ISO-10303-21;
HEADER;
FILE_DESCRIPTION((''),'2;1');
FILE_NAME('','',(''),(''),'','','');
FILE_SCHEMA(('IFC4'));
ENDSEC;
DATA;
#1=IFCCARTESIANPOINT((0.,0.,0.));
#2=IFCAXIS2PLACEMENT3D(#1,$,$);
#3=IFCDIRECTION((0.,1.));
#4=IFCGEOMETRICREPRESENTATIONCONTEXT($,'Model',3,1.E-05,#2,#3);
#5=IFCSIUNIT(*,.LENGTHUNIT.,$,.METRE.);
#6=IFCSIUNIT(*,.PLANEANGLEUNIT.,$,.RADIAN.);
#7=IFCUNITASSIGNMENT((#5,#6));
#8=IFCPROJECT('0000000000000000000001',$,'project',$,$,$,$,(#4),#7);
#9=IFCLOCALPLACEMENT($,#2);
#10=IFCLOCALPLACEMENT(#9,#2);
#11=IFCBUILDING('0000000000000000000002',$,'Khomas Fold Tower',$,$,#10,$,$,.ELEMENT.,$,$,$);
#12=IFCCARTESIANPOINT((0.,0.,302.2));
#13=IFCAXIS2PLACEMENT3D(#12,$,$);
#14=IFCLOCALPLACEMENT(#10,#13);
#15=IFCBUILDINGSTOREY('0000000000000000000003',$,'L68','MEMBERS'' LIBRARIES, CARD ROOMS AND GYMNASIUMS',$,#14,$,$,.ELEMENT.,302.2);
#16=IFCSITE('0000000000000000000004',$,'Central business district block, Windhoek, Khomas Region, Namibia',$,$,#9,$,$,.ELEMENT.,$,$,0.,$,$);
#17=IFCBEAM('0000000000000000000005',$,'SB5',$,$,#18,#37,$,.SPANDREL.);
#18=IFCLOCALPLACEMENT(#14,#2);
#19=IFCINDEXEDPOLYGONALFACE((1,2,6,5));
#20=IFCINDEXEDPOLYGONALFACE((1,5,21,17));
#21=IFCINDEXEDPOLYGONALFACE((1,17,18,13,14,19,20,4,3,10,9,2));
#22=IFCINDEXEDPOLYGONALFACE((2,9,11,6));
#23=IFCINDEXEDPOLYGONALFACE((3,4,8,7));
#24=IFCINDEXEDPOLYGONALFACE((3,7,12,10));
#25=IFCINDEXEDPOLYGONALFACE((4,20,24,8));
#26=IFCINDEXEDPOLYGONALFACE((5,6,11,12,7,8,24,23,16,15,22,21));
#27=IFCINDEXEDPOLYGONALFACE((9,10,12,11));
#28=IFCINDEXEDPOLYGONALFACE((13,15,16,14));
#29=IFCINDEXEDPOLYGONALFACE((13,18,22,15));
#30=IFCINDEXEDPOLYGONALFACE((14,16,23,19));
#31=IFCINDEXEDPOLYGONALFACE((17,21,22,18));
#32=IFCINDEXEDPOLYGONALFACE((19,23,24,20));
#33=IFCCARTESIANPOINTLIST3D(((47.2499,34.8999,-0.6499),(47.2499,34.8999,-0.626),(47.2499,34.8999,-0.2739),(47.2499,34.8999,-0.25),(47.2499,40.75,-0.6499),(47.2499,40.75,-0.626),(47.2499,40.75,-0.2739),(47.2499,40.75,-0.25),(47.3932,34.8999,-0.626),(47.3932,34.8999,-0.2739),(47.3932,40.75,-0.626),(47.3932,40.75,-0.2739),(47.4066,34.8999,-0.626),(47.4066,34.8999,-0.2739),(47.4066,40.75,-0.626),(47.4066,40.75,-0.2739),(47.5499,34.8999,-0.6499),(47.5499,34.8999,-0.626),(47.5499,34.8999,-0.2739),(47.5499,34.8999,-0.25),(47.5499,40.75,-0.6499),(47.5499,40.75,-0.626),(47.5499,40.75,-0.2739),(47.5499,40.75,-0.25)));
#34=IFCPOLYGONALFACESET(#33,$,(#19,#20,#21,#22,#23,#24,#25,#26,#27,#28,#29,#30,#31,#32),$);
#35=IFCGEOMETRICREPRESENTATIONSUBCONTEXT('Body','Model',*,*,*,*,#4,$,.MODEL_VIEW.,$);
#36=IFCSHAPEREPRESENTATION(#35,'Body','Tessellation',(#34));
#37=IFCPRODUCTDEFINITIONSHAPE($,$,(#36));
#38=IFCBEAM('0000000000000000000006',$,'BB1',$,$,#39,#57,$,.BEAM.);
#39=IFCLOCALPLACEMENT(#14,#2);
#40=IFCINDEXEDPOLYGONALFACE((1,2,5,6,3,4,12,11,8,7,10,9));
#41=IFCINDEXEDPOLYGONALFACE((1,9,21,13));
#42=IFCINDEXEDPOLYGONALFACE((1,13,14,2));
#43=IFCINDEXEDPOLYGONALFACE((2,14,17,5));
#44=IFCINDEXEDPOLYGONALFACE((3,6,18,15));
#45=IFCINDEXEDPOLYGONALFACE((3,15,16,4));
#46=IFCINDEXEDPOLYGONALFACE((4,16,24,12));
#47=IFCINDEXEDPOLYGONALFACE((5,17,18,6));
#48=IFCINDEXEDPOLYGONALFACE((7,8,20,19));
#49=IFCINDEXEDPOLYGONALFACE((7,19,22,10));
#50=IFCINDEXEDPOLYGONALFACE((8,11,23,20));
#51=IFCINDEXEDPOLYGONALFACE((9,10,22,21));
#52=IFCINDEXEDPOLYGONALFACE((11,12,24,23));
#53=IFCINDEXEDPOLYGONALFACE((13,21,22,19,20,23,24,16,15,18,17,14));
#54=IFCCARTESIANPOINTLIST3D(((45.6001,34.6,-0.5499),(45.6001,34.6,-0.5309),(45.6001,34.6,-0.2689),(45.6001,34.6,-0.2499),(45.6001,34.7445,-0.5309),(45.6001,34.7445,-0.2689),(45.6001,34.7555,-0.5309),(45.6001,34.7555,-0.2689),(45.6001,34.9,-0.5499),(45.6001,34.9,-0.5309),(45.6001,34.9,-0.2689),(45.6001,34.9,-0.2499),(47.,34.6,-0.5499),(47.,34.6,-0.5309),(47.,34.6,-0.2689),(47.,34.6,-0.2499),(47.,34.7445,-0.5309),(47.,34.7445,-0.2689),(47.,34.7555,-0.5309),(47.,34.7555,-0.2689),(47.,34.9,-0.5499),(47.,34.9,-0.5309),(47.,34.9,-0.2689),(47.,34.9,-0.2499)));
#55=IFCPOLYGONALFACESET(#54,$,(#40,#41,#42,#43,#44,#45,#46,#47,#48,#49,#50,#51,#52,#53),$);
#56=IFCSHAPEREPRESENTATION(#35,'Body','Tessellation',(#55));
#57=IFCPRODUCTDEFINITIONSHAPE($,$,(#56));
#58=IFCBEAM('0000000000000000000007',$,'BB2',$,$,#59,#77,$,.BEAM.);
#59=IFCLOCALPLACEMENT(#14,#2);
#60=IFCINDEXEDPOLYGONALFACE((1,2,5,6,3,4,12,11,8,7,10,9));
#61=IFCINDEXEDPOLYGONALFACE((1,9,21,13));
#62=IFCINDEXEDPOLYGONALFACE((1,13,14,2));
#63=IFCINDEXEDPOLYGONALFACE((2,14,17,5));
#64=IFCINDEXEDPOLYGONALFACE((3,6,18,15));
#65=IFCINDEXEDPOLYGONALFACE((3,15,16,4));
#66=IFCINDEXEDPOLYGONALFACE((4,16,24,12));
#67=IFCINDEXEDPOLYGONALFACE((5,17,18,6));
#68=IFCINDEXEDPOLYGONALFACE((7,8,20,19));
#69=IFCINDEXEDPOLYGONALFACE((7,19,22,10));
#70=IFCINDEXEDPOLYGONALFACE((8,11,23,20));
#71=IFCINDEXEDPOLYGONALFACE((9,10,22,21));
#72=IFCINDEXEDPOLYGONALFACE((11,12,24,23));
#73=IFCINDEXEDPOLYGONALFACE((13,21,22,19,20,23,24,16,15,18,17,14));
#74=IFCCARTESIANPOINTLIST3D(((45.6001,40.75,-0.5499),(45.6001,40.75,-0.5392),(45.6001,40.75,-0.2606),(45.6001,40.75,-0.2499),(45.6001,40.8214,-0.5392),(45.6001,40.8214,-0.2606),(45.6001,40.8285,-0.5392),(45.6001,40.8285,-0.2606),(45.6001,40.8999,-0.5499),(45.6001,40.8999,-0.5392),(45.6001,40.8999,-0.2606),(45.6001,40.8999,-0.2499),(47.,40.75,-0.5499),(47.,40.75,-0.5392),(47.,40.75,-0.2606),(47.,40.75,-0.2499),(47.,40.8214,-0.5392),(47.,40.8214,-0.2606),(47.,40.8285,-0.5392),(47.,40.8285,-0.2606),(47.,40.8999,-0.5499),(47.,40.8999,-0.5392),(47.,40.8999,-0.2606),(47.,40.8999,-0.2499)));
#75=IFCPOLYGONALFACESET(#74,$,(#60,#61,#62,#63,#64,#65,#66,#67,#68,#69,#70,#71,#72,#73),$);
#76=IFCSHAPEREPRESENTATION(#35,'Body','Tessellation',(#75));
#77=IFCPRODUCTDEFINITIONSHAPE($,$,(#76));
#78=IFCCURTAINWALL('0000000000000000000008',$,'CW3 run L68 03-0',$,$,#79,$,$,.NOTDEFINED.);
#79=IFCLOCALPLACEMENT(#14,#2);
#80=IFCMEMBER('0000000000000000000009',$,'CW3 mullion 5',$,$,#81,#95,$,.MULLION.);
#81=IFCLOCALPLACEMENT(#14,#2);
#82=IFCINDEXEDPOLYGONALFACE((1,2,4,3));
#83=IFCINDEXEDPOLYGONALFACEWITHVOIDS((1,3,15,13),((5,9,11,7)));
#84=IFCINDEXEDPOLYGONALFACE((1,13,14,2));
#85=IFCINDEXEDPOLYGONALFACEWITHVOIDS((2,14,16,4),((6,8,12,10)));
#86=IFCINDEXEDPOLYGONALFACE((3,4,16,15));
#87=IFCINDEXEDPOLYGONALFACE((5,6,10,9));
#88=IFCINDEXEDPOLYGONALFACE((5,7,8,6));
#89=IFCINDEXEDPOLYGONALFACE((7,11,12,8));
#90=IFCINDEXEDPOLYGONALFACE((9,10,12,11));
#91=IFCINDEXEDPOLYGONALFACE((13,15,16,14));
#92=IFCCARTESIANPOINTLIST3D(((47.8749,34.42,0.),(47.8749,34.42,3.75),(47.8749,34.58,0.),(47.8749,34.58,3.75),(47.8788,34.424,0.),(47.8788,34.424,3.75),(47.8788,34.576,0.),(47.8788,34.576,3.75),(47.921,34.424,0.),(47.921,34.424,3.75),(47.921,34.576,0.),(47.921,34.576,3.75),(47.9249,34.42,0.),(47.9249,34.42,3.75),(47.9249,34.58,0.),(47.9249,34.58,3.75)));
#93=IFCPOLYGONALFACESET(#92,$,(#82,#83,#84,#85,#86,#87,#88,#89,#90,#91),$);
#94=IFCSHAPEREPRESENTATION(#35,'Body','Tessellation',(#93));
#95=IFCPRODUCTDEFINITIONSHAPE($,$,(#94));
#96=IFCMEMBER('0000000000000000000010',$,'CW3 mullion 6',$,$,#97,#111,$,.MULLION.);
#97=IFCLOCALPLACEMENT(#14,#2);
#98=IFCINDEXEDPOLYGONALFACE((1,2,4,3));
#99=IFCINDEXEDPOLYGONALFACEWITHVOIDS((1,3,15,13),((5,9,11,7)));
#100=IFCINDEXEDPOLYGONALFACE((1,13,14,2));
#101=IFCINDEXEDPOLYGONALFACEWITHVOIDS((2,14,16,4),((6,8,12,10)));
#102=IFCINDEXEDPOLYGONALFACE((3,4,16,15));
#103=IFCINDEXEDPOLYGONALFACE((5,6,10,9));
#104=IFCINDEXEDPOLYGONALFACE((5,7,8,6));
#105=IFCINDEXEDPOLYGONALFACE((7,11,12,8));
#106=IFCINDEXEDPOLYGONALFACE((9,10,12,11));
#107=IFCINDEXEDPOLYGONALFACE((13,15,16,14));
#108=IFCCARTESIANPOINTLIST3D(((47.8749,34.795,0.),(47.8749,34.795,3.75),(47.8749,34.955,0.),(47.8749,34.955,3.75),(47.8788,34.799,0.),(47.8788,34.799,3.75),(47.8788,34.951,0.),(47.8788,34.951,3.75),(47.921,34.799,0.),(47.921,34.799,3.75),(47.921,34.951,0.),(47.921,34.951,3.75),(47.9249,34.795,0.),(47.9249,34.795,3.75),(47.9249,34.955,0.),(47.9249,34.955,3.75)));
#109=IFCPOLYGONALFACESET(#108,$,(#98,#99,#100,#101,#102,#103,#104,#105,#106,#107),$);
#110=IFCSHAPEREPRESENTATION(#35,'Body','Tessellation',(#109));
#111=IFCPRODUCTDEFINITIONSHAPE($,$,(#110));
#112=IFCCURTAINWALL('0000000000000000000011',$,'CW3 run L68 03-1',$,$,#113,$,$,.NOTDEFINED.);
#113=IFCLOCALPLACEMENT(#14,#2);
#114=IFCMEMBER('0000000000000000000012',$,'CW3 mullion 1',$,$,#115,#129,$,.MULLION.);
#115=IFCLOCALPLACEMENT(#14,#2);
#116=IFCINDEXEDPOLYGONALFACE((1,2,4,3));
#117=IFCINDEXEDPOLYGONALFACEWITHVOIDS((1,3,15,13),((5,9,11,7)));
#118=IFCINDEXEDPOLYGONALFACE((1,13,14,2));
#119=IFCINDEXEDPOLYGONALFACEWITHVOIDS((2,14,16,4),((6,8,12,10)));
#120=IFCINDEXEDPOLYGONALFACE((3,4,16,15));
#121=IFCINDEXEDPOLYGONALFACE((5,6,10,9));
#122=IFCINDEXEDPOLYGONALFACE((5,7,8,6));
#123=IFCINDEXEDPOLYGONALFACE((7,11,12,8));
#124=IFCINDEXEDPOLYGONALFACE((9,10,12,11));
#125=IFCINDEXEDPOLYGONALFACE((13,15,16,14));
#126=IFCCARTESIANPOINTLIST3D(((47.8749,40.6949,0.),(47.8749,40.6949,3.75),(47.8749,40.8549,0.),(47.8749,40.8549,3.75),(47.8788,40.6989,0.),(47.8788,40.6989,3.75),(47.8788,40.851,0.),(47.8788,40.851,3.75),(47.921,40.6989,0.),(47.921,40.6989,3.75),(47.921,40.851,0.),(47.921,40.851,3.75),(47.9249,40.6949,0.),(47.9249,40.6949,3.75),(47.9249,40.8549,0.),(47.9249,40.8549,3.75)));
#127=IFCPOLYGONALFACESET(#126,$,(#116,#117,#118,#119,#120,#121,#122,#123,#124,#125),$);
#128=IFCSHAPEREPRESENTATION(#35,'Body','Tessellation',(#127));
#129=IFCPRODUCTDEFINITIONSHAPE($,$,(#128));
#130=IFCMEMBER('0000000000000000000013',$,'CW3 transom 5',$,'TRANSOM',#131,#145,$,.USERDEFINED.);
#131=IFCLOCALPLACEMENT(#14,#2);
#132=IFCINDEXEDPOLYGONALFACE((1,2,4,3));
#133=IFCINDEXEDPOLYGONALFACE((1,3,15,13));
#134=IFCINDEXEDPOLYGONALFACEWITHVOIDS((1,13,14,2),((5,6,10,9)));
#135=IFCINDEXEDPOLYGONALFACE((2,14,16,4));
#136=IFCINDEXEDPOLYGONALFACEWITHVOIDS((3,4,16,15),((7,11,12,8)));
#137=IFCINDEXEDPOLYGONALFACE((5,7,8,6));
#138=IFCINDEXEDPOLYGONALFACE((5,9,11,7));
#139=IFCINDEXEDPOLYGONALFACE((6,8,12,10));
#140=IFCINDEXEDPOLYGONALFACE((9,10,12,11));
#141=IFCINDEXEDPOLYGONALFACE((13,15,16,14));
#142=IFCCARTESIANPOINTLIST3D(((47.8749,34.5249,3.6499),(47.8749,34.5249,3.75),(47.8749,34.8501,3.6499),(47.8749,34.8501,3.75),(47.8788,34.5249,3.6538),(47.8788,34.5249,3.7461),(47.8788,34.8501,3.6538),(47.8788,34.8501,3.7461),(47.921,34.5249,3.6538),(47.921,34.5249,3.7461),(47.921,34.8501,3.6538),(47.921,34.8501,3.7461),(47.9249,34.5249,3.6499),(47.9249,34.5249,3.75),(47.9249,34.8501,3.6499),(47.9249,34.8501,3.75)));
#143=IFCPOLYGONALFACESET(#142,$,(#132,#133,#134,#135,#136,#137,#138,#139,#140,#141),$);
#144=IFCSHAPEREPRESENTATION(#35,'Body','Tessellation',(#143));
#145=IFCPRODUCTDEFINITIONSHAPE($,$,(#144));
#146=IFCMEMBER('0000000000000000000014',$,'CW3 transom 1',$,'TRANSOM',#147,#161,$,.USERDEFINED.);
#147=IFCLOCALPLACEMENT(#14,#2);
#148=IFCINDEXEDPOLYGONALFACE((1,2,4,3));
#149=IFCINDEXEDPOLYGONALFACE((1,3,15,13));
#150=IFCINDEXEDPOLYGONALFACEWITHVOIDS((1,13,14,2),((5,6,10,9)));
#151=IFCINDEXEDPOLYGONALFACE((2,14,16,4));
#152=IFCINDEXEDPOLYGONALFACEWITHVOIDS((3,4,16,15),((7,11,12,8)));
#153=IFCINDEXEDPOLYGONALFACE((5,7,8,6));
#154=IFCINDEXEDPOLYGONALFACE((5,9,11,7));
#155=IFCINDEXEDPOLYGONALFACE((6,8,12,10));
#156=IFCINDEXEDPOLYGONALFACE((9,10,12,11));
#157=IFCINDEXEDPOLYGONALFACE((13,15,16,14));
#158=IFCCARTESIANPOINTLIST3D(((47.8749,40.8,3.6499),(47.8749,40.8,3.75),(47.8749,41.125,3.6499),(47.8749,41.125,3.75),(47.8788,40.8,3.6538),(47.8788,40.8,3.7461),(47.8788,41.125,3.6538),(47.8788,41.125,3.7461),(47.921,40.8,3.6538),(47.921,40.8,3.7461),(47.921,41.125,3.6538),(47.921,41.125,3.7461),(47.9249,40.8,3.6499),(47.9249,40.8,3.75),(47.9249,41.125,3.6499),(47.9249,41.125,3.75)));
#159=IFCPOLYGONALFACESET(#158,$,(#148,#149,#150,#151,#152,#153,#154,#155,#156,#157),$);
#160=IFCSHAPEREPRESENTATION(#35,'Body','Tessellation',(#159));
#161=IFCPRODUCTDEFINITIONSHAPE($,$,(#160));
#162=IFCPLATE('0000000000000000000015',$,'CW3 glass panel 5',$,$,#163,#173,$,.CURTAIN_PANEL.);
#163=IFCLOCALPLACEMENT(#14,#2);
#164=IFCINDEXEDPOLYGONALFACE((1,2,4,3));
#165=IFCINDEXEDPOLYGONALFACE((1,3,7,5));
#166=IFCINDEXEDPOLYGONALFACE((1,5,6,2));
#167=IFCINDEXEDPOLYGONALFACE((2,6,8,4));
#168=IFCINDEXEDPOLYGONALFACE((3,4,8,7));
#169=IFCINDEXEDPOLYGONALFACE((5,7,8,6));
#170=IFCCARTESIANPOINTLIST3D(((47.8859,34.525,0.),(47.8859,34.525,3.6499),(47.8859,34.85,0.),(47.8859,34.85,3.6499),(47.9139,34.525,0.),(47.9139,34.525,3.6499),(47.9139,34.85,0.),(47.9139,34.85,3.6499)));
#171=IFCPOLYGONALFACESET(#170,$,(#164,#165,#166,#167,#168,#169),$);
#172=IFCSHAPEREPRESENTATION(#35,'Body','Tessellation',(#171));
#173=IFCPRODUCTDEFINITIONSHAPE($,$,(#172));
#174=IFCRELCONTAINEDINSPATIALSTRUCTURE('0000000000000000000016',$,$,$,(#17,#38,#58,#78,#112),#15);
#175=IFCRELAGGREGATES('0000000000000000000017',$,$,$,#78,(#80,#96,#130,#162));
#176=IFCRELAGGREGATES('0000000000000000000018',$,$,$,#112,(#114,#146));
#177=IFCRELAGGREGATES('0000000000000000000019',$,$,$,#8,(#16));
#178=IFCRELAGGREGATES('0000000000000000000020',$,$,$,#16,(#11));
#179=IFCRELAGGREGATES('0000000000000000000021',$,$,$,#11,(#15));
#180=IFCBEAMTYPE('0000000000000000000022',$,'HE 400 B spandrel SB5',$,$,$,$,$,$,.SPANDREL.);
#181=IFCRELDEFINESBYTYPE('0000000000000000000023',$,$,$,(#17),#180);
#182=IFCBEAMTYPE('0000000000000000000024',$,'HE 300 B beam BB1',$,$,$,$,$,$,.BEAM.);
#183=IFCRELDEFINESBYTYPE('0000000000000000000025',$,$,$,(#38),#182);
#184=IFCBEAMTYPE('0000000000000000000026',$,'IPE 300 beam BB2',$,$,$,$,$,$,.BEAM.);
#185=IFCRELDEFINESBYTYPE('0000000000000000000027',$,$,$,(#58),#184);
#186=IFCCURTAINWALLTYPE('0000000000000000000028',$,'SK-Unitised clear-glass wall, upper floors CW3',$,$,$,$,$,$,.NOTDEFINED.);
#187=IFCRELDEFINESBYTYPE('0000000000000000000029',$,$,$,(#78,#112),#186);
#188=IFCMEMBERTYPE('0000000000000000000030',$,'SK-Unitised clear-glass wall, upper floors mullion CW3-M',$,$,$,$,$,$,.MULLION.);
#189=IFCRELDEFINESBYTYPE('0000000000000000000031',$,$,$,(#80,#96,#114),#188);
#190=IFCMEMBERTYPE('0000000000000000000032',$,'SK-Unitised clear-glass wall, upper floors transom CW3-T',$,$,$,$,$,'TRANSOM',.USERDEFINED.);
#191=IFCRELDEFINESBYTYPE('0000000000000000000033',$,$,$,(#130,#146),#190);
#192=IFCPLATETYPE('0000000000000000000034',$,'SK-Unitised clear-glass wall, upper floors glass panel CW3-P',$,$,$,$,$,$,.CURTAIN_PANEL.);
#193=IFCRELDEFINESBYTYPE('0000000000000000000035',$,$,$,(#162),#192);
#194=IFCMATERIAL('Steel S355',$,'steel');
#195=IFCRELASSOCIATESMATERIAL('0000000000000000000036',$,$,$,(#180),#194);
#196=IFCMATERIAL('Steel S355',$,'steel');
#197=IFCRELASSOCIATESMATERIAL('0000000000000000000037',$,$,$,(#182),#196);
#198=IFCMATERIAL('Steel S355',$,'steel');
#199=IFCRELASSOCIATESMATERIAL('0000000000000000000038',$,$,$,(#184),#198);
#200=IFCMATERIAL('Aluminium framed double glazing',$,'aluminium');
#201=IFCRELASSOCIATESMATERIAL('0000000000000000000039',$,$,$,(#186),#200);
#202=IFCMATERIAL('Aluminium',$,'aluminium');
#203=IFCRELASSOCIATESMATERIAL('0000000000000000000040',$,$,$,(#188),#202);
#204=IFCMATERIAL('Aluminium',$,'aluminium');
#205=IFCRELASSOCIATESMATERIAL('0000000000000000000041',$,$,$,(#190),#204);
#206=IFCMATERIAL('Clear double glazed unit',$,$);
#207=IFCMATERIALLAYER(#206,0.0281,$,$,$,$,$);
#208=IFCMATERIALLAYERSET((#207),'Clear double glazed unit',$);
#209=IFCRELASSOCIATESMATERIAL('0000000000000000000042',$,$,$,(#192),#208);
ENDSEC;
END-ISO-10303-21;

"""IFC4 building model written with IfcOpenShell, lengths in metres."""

from ifc_helpers import new_model, si_unit, direction, frame, origin, origin_2d, place, context, subcontext, project, spatial, rectangle, hollow_rectangle, i_section, extrude, source, transform, mapped, material, layer, layer_set, material_profile, profile_set, type_object, element, aggregate, save


model = new_model("IFC4")

# Units and contexts
model_context = context("Model", 3, precision=1e-05, world=origin(), true_north=direction((0.0, 1.0)))
body_context = subcontext(model_context, "Body", "Model", "MODEL_VIEW")
ifc_project = project(units=[si_unit("LENGTHUNIT", "METRE"), si_unit("PLANEANGLEUNIT", "RADIAN")], contexts=[model_context])

# Site, building, storey
site_placement = place(None, origin())
site = spatial("IfcSite", under=ifc_project, at=site_placement, Name="Central business district block, Windhoek, Khomas Region, Namibia", CompositionType="ELEMENT", RefElevation=0.0)
building_placement = place(site_placement, origin())
building = spatial("IfcBuilding", under=site, at=building_placement, Name="Khomas Fold Tower", CompositionType="ELEMENT")
storey_placement = place(building_placement, frame((0.0, 0.0, 302.2)))
storey = spatial("IfcBuildingStorey", under=building, at=storey_placement, Name="L68", Description="MEMBERS' LIBRARIES, CARD ROOMS AND GYMNASIUMS", CompositionType="ELEMENT", Elevation=302.2)

# Beams
ifc_material_1 = material(Name="Steel S355", Category="steel")
ifc_material_profile_1 = material_profile(ifc_material_1, i_section(OverallWidth=0.3, OverallDepth=0.3999, WebThickness=0.0134, FlangeThickness=0.0239, at=origin_2d()), Name="HE 400 B")
ifc_profile_set_1 = profile_set([ifc_material_profile_1], Name="Steel S355")
beam_type_1 = type_object("IfcBeamType", Name="HE 400 B spandrel SB5", PredefinedType="SPANDREL", material=ifc_profile_set_1)
shared_shape_1 = source(origin(), body_context, "Body", "SweptSolid", [
    extrude(i_section(OverallWidth=0.3, OverallDepth=0.3999, WebThickness=0.0134, FlangeThickness=0.0239, at=origin_2d()), origin(), (0.0, 0.0, 1.0), 5.8501),
])
beam_1_placement = place(storey_placement, frame((47.3999, 34.8999, -0.45), z_axis=(0.0, 1.0, 0.0), x_axis=(-1.0, 0.0, 0.0)))
element("IfcBeam", 1, at=beam_1_placement, inside=storey, type_object=beam_type_1, Name="SB5", PredefinedType="SPANDREL", context=body_context, shape_type="MappedRepresentation", body=[
    mapped(shared_shape_1, transform((0.0, 0.0, 0.0))),
])
ifc_material_2 = material(Name="Steel S355", Category="steel")
ifc_material_profile_2 = material_profile(ifc_material_2, i_section(OverallWidth=0.3, OverallDepth=0.3, WebThickness=0.011, FlangeThickness=0.019, at=origin_2d()), Name="HE 300 B")
ifc_profile_set_2 = profile_set([ifc_material_profile_2], Name="Steel S355")
beam_type_2 = type_object("IfcBeamType", Name="HE 300 B beam BB1", PredefinedType="BEAM", material=ifc_profile_set_2)
shared_shape_2 = source(origin(), body_context, "Body", "SweptSolid", [
    extrude(i_section(OverallWidth=0.3, OverallDepth=0.3, WebThickness=0.011, FlangeThickness=0.019, at=origin_2d()), origin(), (0.0, 0.0, 1.0), 1.3999),
])
beam_2_placement = place(storey_placement, frame((45.6001, 34.75, -0.3999), z_axis=(1.0, 0.0, 0.0), x_axis=(0.0, 1.0, 0.0)))
element("IfcBeam", 2, at=beam_2_placement, inside=storey, type_object=beam_type_2, Name="BB1", PredefinedType="BEAM", context=body_context, shape_type="MappedRepresentation", body=[
    mapped(shared_shape_2, transform((0.0, 0.0, 0.0))),
])
ifc_material_3 = material(Name="Steel S355", Category="steel")
ifc_material_profile_3 = material_profile(ifc_material_3, i_section(OverallWidth=0.1499, OverallDepth=0.3, WebThickness=0.0071, FlangeThickness=0.0107, at=origin_2d()), Name="IPE 300")
ifc_profile_set_3 = profile_set([ifc_material_profile_3], Name="Steel S355")
beam_type_3 = type_object("IfcBeamType", Name="IPE 300 beam BB2", PredefinedType="BEAM", material=ifc_profile_set_3)
shared_shape_3 = source(origin(), body_context, "Body", "SweptSolid", [
    extrude(i_section(OverallWidth=0.1499, OverallDepth=0.3, WebThickness=0.0071, FlangeThickness=0.0107, at=origin_2d()), origin(), (0.0, 0.0, 1.0), 1.3999),
])
beam_3_placement = place(storey_placement, frame((45.6001, 40.825, -0.3999), z_axis=(1.0, 0.0, 0.0), x_axis=(0.0, 1.0, 0.0)))
element("IfcBeam", 3, at=beam_3_placement, inside=storey, type_object=beam_type_3, Name="BB2", PredefinedType="BEAM", context=body_context, shape_type="MappedRepresentation", body=[
    mapped(shared_shape_3, transform((0.0, 0.0, 0.0))),
])

# Curtain wall, members
ifc_material_4 = material(Name="Aluminium framed double glazing", Category="aluminium")
curtain_wall_type = type_object("IfcCurtainWallType", Name="SK-Unitised clear-glass wall, upper floors CW3", PredefinedType="NOTDEFINED", material=ifc_material_4)
curtain_wall_1_placement = place(storey_placement, origin())
curtain_wall_1 = element("IfcCurtainWall", 4, at=curtain_wall_1_placement, inside=storey, type_object=curtain_wall_type, Name="CW3 run L68 03-0", PredefinedType="NOTDEFINED")
ifc_material_5 = material(Name="Aluminium", Category="aluminium")
ifc_material_profile_4 = material_profile(ifc_material_5, hollow_rectangle(XDim=0.05, YDim=0.1599, WallThickness=0.0039, at=origin_2d()), Name="SK-Unitised clear-glass wall, upper floors mullion CW3-M")
ifc_profile_set_4 = profile_set([ifc_material_profile_4], Name="Aluminium")
member_type_1 = type_object("IfcMemberType", Name="SK-Unitised clear-glass wall, upper floors mullion CW3-M", PredefinedType="MULLION", material=ifc_profile_set_4)
shared_shape_4 = source(origin(), body_context, "Body", "SweptSolid", [
    extrude(hollow_rectangle(XDim=0.05, YDim=0.1599, WallThickness=0.0039, at=origin_2d()), origin(), (0.0, 0.0, 1.0), 3.75),
])
member_1_placement = place(storey_placement, frame((47.8999, 34.5, 0.0), z_axis=(0.0, 0.0, 1.0), x_axis=(-1.0, 0.0, 0.0)))
member_1 = element("IfcMember", 5, at=member_1_placement, type_object=member_type_1, Name="CW3 mullion 5", PredefinedType="MULLION", context=body_context, shape_type="MappedRepresentation", body=[
    mapped(shared_shape_4, transform((0.0, 0.0, 0.0))),
])
member_2_placement = place(storey_placement, frame((47.8999, 34.875, 0.0), z_axis=(0.0, 0.0, 1.0), x_axis=(-1.0, 0.0, 0.0)))
member_2 = element("IfcMember", 6, at=member_2_placement, type_object=member_type_1, Name="CW3 mullion 6", PredefinedType="MULLION", context=body_context, shape_type="MappedRepresentation", body=[
    mapped(shared_shape_4, transform((0.0, 0.0, 0.0))),
])

# Curtain wall, member
curtain_wall_2_placement = place(storey_placement, origin())
curtain_wall_2 = element("IfcCurtainWall", 7, at=curtain_wall_2_placement, inside=storey, type_object=curtain_wall_type, Name="CW3 run L68 03-1", PredefinedType="NOTDEFINED")
member_3_placement = place(storey_placement, frame((47.8999, 40.7749, 0.0), z_axis=(0.0, 0.0, 1.0), x_axis=(-1.0, 0.0, 0.0)))
member_3 = element("IfcMember", 8, at=member_3_placement, type_object=member_type_1, Name="CW3 mullion 1", PredefinedType="MULLION", context=body_context, shape_type="MappedRepresentation", body=[
    mapped(shared_shape_4, transform((0.0, 0.0, 0.0))),
])

# Members
ifc_material_6 = material(Name="Aluminium", Category="aluminium")
ifc_material_profile_5 = material_profile(ifc_material_6, hollow_rectangle(XDim=0.05, YDim=0.1001, WallThickness=0.0039, at=origin_2d()), Name="SK-Unitised clear-glass wall, upper floors transom CW3-T")
ifc_profile_set_5 = profile_set([ifc_material_profile_5], Name="Aluminium")
member_type_2 = type_object("IfcMemberType", Name="SK-Unitised clear-glass wall, upper floors transom CW3-T", ElementType="TRANSOM", PredefinedType="USERDEFINED", material=ifc_profile_set_5)
shared_shape_5 = source(origin(), body_context, "Body", "SweptSolid", [
    extrude(hollow_rectangle(XDim=0.05, YDim=0.1001, WallThickness=0.0039, at=origin_2d()), origin(), (0.0, 0.0, 1.0), 0.3252),
])
member_4_placement = place(storey_placement, frame((47.8999, 34.5249, 3.7), z_axis=(0.0, 1.0, 0.0), x_axis=(-1.0, 0.0, 0.0)))
member_4 = element("IfcMember", 9, at=member_4_placement, type_object=member_type_2, Name="CW3 transom 5", ObjectType="TRANSOM", PredefinedType="USERDEFINED", context=body_context, shape_type="MappedRepresentation", body=[
    mapped(shared_shape_5, transform((0.0, 0.0, 0.0))),
])
shared_shape_6 = source(origin(), body_context, "Body", "SweptSolid", [
    extrude(hollow_rectangle(XDim=0.05, YDim=0.1001, WallThickness=0.0039, at=origin_2d()), origin(), (0.0, 0.0, 1.0), 0.325),
])
member_5_placement = place(storey_placement, frame((47.8999, 40.8, 3.7), z_axis=(0.0, 1.0, 0.0), x_axis=(-1.0, 0.0, 0.0)))
member_5 = element("IfcMember", 10, at=member_5_placement, type_object=member_type_2, Name="CW3 transom 1", ObjectType="TRANSOM", PredefinedType="USERDEFINED", context=body_context, shape_type="MappedRepresentation", body=[
    mapped(shared_shape_6, transform((0.0, 0.0, 0.0))),
])

# Plate
ifc_material_7 = material(Name="Clear double glazed unit")
ifc_layer_1 = layer(ifc_material_7, 0.0281)
ifc_layer_set_1 = layer_set([ifc_layer_1], Name="Clear double glazed unit")
plate_type = type_object("IfcPlateType", Name="SK-Unitised clear-glass wall, upper floors glass panel CW3-P", PredefinedType="CURTAIN_PANEL", material=ifc_layer_set_1)
shared_shape_7 = source(origin(), body_context, "Body", "SweptSolid", [
    extrude(rectangle(XDim=0.325, YDim=0.0281, at=origin_2d()), origin(), (0.0, 0.0, 1.0), 3.6499),
])
plate_1_placement = place(storey_placement, frame((47.8999, 34.6875, 0.0), z_axis=(0.0, 0.0, 1.0), x_axis=(0.0, 1.0, 0.0)))
plate_1 = element("IfcPlate", 11, at=plate_1_placement, type_object=plate_type, Name="CW3 glass panel 5", PredefinedType="CURTAIN_PANEL", context=body_context, shape_type="MappedRepresentation", body=[
    mapped(shared_shape_7, transform((0.0, 0.0, 0.0))),
])
aggregate(curtain_wall_1, [member_1, member_2, member_4, plate_1])
aggregate(curtain_wall_2, [member_3, member_5])

save(model, "model.ifc")
